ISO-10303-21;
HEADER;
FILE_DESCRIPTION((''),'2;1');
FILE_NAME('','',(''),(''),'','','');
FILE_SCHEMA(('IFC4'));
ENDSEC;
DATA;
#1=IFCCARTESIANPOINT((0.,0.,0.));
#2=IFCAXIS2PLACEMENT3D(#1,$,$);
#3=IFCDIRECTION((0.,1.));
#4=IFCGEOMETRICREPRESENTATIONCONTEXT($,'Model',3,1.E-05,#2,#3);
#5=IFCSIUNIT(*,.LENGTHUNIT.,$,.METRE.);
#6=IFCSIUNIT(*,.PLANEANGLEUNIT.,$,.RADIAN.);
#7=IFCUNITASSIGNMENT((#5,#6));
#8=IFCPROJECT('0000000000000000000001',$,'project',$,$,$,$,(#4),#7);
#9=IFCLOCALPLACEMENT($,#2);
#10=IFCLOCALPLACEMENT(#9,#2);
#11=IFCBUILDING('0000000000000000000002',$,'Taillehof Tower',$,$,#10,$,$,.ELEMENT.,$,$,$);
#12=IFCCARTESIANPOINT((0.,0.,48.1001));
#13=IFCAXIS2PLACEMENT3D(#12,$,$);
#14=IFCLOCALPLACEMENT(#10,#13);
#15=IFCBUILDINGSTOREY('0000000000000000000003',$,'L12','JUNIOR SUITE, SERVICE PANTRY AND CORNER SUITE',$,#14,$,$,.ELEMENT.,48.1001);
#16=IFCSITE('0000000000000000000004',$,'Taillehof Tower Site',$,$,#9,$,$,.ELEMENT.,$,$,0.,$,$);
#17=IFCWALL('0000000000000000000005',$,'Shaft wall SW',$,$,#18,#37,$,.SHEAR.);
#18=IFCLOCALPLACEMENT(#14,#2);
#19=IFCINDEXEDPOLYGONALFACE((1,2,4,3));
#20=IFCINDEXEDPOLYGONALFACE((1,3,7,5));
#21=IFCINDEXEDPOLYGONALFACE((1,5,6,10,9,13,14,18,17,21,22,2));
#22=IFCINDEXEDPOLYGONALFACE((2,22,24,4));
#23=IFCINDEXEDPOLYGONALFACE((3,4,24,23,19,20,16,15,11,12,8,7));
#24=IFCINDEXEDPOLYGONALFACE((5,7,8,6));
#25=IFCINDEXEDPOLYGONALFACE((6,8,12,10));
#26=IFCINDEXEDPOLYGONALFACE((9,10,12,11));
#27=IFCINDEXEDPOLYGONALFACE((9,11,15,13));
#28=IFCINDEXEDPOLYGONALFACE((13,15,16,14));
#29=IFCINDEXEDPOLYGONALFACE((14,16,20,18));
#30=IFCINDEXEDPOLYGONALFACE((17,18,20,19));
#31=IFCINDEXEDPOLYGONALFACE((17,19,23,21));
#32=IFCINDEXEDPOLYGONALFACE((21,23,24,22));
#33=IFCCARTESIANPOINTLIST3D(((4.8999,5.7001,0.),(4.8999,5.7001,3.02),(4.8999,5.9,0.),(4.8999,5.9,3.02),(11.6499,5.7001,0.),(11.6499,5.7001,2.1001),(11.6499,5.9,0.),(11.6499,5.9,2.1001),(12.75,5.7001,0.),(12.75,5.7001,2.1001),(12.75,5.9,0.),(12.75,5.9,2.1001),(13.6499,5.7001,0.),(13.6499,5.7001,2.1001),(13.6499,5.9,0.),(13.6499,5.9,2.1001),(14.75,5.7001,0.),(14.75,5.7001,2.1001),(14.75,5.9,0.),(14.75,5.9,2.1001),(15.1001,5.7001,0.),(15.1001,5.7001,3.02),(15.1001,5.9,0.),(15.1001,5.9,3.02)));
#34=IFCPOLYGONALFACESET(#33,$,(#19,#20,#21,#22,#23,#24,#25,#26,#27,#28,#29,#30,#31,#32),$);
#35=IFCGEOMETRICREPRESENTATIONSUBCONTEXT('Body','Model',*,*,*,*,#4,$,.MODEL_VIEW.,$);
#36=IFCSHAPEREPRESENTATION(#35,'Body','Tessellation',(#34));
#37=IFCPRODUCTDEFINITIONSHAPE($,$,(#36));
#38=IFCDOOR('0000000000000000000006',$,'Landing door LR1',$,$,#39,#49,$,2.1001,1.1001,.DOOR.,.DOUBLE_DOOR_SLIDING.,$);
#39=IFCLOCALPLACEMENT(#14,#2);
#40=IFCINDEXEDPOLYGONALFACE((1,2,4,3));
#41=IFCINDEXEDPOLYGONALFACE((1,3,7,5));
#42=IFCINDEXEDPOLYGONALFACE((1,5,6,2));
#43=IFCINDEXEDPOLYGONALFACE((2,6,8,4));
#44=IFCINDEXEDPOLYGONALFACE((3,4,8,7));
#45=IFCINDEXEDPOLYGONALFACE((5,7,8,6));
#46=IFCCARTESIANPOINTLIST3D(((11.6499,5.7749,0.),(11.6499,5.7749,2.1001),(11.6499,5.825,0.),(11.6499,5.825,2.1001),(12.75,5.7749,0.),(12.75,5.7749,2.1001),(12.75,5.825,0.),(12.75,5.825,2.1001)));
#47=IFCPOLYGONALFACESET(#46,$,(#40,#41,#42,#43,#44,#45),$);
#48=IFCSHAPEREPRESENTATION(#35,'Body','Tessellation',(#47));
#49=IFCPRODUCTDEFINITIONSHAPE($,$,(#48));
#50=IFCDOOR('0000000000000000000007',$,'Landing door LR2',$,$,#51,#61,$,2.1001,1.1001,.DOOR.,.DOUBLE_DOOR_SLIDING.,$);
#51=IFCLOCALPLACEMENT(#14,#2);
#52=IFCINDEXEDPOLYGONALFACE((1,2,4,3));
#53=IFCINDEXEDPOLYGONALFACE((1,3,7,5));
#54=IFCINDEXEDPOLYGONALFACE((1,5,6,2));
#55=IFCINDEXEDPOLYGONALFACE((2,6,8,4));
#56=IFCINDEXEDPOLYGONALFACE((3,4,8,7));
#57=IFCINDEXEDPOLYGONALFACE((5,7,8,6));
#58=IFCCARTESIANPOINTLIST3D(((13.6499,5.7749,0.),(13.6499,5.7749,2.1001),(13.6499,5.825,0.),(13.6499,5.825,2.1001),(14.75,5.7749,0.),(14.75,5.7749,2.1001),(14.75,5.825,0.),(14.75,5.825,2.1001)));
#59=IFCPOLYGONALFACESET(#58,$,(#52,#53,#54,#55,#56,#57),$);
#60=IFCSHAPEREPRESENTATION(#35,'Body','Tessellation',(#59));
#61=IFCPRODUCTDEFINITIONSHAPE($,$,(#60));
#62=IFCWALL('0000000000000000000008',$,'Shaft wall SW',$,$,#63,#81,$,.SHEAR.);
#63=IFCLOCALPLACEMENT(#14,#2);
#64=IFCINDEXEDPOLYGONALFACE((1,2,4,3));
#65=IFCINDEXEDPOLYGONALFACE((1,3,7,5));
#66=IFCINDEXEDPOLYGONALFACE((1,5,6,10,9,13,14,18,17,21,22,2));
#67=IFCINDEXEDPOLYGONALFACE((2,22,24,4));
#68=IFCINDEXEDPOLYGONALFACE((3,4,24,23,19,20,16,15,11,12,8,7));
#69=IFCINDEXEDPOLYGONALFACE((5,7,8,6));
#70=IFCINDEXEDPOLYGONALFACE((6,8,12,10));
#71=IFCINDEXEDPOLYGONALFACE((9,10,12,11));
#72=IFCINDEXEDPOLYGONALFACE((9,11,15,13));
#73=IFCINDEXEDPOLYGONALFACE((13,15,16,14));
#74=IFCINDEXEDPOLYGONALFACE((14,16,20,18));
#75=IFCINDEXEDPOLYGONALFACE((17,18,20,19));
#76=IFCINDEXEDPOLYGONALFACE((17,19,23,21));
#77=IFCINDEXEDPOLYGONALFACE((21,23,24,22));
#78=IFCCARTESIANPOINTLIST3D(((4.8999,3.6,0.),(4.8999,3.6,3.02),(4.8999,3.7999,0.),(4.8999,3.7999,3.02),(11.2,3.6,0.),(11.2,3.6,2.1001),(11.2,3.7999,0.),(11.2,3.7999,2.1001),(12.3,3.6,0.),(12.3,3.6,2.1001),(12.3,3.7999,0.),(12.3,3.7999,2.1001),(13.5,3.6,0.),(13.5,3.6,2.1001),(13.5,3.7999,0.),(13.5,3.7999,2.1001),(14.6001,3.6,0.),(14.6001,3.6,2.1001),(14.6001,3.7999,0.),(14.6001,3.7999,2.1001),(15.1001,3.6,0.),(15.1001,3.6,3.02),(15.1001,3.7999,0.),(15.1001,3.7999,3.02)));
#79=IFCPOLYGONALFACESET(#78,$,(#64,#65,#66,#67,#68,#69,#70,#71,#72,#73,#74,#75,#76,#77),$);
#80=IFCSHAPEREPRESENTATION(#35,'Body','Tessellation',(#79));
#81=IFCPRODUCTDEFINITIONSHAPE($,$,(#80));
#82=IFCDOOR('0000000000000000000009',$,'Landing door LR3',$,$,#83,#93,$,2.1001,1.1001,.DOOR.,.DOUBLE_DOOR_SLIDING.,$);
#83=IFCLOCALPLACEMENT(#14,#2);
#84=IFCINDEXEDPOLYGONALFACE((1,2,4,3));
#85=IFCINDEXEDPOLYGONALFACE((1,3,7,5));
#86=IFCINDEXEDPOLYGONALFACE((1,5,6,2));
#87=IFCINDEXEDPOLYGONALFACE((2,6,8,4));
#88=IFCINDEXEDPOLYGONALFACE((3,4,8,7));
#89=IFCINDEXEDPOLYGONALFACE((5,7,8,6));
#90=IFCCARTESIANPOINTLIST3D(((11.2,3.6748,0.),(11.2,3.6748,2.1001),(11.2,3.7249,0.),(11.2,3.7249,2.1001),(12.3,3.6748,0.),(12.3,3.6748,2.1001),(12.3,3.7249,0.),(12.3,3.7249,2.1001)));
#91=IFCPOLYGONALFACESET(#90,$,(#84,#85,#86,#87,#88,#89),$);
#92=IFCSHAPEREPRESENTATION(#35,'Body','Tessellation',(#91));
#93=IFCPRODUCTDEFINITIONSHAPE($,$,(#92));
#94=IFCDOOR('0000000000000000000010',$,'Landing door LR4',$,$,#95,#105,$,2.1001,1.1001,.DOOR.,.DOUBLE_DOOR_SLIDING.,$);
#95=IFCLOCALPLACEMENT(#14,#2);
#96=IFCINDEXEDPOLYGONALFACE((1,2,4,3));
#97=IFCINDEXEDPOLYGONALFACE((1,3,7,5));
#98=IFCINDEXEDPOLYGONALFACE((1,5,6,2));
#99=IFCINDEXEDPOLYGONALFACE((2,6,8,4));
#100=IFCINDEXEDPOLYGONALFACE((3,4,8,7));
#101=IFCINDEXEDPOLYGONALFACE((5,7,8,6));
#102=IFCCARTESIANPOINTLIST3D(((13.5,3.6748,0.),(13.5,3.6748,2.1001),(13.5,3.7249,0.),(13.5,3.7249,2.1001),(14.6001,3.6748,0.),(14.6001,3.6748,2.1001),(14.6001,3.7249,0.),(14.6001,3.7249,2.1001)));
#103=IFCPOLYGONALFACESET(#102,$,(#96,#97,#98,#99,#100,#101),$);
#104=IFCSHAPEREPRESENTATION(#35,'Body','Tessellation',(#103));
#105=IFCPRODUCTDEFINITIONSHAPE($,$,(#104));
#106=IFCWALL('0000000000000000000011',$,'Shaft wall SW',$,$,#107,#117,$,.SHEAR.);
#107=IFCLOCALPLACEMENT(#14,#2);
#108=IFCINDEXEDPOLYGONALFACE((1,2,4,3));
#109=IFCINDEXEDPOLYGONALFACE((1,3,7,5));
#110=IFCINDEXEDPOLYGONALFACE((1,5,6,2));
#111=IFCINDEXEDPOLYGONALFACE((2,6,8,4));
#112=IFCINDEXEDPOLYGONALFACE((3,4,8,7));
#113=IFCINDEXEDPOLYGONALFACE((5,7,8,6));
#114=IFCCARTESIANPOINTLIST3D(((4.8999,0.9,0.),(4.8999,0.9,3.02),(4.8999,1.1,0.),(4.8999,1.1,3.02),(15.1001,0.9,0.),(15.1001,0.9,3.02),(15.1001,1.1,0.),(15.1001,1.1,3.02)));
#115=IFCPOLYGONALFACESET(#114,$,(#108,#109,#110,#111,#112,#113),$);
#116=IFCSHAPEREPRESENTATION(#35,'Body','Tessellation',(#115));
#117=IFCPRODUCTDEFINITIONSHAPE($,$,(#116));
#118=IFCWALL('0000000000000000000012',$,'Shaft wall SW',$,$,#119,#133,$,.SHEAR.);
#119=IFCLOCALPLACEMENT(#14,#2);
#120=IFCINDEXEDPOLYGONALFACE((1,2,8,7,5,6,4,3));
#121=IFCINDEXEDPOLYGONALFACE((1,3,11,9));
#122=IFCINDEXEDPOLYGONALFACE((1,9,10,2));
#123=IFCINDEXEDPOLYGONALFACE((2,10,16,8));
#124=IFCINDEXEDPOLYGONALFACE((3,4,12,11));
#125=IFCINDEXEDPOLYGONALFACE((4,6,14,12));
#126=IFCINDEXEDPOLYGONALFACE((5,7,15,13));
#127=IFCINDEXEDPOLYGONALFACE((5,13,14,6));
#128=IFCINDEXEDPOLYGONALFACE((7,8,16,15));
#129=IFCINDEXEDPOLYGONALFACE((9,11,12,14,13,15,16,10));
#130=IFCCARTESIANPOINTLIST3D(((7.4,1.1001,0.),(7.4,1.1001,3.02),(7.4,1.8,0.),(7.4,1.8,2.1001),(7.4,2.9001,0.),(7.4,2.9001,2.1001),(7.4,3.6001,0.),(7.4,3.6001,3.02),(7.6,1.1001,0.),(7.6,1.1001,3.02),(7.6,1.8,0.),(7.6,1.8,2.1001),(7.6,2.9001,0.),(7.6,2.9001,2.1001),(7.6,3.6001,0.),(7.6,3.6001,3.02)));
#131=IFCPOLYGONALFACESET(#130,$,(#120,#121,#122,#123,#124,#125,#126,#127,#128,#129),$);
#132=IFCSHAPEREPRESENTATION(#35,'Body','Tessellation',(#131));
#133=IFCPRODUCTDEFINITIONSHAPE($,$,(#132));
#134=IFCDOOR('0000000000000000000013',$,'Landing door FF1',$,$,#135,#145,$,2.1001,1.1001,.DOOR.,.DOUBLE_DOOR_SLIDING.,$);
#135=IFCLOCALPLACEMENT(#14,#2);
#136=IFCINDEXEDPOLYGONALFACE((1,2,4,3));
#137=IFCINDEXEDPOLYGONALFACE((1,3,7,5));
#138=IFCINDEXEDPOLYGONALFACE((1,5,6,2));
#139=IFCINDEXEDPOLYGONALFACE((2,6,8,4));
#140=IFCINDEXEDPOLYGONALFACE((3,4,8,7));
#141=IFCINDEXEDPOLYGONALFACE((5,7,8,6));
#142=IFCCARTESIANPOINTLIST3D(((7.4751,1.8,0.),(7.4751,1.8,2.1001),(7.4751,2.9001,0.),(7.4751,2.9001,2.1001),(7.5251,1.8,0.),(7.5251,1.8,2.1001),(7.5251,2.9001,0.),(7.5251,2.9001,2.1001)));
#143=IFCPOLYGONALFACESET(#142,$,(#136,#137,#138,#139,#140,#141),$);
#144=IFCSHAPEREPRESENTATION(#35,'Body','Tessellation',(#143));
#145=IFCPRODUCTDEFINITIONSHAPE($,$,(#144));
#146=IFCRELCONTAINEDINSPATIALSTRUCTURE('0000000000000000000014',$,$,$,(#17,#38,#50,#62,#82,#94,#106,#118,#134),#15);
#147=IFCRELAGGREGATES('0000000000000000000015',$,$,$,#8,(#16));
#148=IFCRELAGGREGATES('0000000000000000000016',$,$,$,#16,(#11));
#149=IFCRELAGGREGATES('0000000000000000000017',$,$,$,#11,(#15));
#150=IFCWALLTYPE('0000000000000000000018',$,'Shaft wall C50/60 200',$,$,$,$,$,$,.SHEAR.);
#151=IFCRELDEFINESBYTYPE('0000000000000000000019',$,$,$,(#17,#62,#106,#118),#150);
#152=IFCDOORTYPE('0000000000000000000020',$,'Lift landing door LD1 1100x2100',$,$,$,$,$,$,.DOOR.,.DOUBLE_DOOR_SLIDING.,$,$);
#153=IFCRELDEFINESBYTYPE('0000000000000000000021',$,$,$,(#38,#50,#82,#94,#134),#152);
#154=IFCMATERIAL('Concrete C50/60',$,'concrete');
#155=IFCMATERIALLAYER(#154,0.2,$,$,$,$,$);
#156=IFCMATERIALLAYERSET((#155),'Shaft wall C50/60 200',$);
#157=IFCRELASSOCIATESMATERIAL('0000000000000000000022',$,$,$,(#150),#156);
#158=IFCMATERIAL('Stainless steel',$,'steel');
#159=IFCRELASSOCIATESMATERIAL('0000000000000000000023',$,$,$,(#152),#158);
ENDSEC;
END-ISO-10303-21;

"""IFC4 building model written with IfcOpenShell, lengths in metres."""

from ifc_helpers import new_model, si_unit, direction, frame, frame_2d, origin, place, context, subcontext, project, spatial, rectangle, extrude, material, layer, layer_set, type_object, element, fill, save


model = new_model("IFC4")

# Units and contexts
model_context = context("Model", 3, precision=1e-05, world=origin(), true_north=direction((0.0, 1.0)))
body_context = subcontext(model_context, "Body", "Model", "MODEL_VIEW")
ifc_project = project(units=[si_unit("LENGTHUNIT", "METRE"), si_unit("PLANEANGLEUNIT", "RADIAN")], contexts=[model_context])

# Site, building, storey
site_placement = place(None, origin())
site = spatial("IfcSite", under=ifc_project, at=site_placement, Name="Taillehof Tower Site", CompositionType="ELEMENT", RefElevation=0.0)
building_placement = place(site_placement, origin())
building = spatial("IfcBuilding", under=site, at=building_placement, Name="Taillehof Tower", CompositionType="ELEMENT")
storey_placement = place(building_placement, frame((0.0, 0.0, 48.1001)))
storey = spatial("IfcBuildingStorey", under=building, at=storey_placement, Name="L12", Description="JUNIOR SUITE, SERVICE PANTRY AND CORNER SUITE", CompositionType="ELEMENT", Elevation=48.1001)

# Walls, openings, doors
ifc_material_1 = material(Name="Concrete C50/60", Category="concrete")
ifc_layer_1 = layer(ifc_material_1, 0.2)
ifc_layer_set_1 = layer_set([ifc_layer_1], Name="Shaft wall C50/60 200")
wall_type_1 = type_object("IfcWallType", Name="Shaft wall C50/60 200", PredefinedType="SHEAR", material=ifc_layer_set_1)
wall_1_placement = place(storey_placement, frame((4.8999, 5.8, 0.0), z_axis=(0.0, 0.0, 1.0), x_axis=(1.0, 0.0, 0.0)))
wall_1 = element("IfcWall", 1, at=wall_1_placement, inside=storey, type_object=wall_type_1, Name="Shaft wall SW", PredefinedType="SHEAR", context=body_context, shape_type="SweptSolid", body=[
    extrude(rectangle(XDim=10.2002, YDim=0.2, at=frame_2d((5.1001, 0.0))), origin(), (0.0, 0.0, 1.0), 3.02),
])
opening_1_placement = place(wall_1_placement, frame((6.75, 0.0, 0.0)))
opening_1 = element("IfcOpeningElement", 2, at=opening_1_placement, cuts=wall_1, PredefinedType="OPENING", context=body_context, shape_type="SweptSolid", body=[
    extrude(rectangle(XDim=1.1001, YDim=2.1001, at=frame_2d((0.55, 1.05))), frame((0.0, 0.1099, 0.0), z_axis=(0.0, -1.0, 0.0), x_axis=(1.0, 0.0, 0.0)), (0.0, 0.0, 1.0), 0.22),
])
opening_2_placement = place(wall_1_placement, frame((8.75, 0.0, 0.0)))
opening_2 = element("IfcOpeningElement", 3, at=opening_2_placement, cuts=wall_1, PredefinedType="OPENING", context=body_context, shape_type="SweptSolid", body=[
    extrude(rectangle(XDim=1.1001, YDim=2.1001, at=frame_2d((0.55, 1.05))), frame((0.0, 0.1099, 0.0), z_axis=(0.0, -1.0, 0.0), x_axis=(1.0, 0.0, 0.0)), (0.0, 0.0, 1.0), 0.22),
])
ifc_material_2 = material(Name="Stainless steel", Category="steel")
door_type_1 = type_object("IfcDoorType", Name="Lift landing door LD1 1100x2100", OperationType="DOUBLE_DOOR_SLIDING", PredefinedType="DOOR", material=ifc_material_2)
door_1_placement = place(opening_1_placement, origin())
door_1 = element("IfcDoor", 4, at=door_1_placement, inside=storey, type_object=door_type_1, Name="Landing door LR1", OperationType="DOUBLE_DOOR_SLIDING", OverallHeight=2.1001, OverallWidth=1.1001, PredefinedType="DOOR", context=body_context, shape_type="SweptSolid", body=[
    extrude(rectangle(XDim=1.1001, YDim=2.1001, at=frame_2d((0.55, 1.05))), frame((0.0, 0.0249, 0.0), z_axis=(0.0, -1.0, 0.0), x_axis=(1.0, 0.0, 0.0)), (0.0, 0.0, 1.0), 0.05),
])
fill(opening_1, door_1)
door_2_placement = place(opening_2_placement, origin())
door_2 = element("IfcDoor", 5, at=door_2_placement, inside=storey, type_object=door_type_1, Name="Landing door LR2", OperationType="DOUBLE_DOOR_SLIDING", OverallHeight=2.1001, OverallWidth=1.1001, PredefinedType="DOOR", context=body_context, shape_type="SweptSolid", body=[
    extrude(rectangle(XDim=1.1001, YDim=2.1001, at=frame_2d((0.55, 1.05))), frame((0.0, 0.0249, 0.0), z_axis=(0.0, -1.0, 0.0), x_axis=(1.0, 0.0, 0.0)), (0.0, 0.0, 1.0), 0.05),
])
fill(opening_2, door_2)
wall_2_placement = place(storey_placement, frame((4.8999, 3.7, 0.0), z_axis=(0.0, 0.0, 1.0), x_axis=(1.0, 0.0, 0.0)))
wall_2 = element("IfcWall", 6, at=wall_2_placement, inside=storey, type_object=wall_type_1, Name="Shaft wall SW", PredefinedType="SHEAR", context=body_context, shape_type="SweptSolid", body=[
    extrude(rectangle(XDim=10.2002, YDim=0.2, at=frame_2d((5.1001, 0.0))), origin(), (0.0, 0.0, 1.0), 3.02),
])
opening_3_placement = place(wall_2_placement, frame((6.3, 0.0, 0.0)))
opening_3 = element("IfcOpeningElement", 7, at=opening_3_placement, cuts=wall_2, PredefinedType="OPENING", context=body_context, shape_type="SweptSolid", body=[
    extrude(rectangle(XDim=1.1001, YDim=2.1001, at=frame_2d((0.55, 1.05))), frame((0.0, 0.1099, 0.0), z_axis=(0.0, -1.0, 0.0), x_axis=(1.0, 0.0, 0.0)), (0.0, 0.0, 1.0), 0.22),
])
opening_4_placement = place(wall_2_placement, frame((8.6001, 0.0, 0.0)))
opening_4 = element("IfcOpeningElement", 8, at=opening_4_placement, cuts=wall_2, PredefinedType="OPENING", context=body_context, shape_type="SweptSolid", body=[
    extrude(rectangle(XDim=1.1001, YDim=2.1001, at=frame_2d((0.55, 1.05))), frame((0.0, 0.1099, 0.0), z_axis=(0.0, -1.0, 0.0), x_axis=(1.0, 0.0, 0.0)), (0.0, 0.0, 1.0), 0.22),
])
door_3_placement = place(opening_3_placement, origin())
door_3 = element("IfcDoor", 9, at=door_3_placement, inside=storey, type_object=door_type_1, Name="Landing door LR3", OperationType="DOUBLE_DOOR_SLIDING", OverallHeight=2.1001, OverallWidth=1.1001, PredefinedType="DOOR", context=body_context, shape_type="SweptSolid", body=[
    extrude(rectangle(XDim=1.1001, YDim=2.1001, at=frame_2d((0.55, 1.05))), frame((0.0, 0.0249, 0.0), z_axis=(0.0, -1.0, 0.0), x_axis=(1.0, 0.0, 0.0)), (0.0, 0.0, 1.0), 0.05),
])
fill(opening_3, door_3)
door_4_placement = place(opening_4_placement, origin())
door_4 = element("IfcDoor", 10, at=door_4_placement, inside=storey, type_object=door_type_1, Name="Landing door LR4", OperationType="DOUBLE_DOOR_SLIDING", OverallHeight=2.1001, OverallWidth=1.1001, PredefinedType="DOOR", context=body_context, shape_type="SweptSolid", body=[
    extrude(rectangle(XDim=1.1001, YDim=2.1001, at=frame_2d((0.55, 1.05))), frame((0.0, 0.0249, 0.0), z_axis=(0.0, -1.0, 0.0), x_axis=(1.0, 0.0, 0.0)), (0.0, 0.0, 1.0), 0.05),
])
fill(opening_4, door_4)

# Wall
wall_3_placement = place(storey_placement, frame((4.8999, 1.0, 0.0), z_axis=(0.0, 0.0, 1.0), x_axis=(1.0, 0.0, 0.0)))
element("IfcWall", 11, at=wall_3_placement, inside=storey, type_object=wall_type_1, Name="Shaft wall SW", PredefinedType="SHEAR", context=body_context, shape_type="SweptSolid", body=[
    extrude(rectangle(XDim=10.2002, YDim=0.2, at=frame_2d((5.1001, 0.0))), origin(), (0.0, 0.0, 1.0), 3.02),
])

# Wall, opening, door
wall_4_placement = place(storey_placement, frame((7.5, 1.1001, 0.0), z_axis=(0.0, 0.0, 1.0), x_axis=(0.0, 1.0, 0.0)))
wall_4 = element("IfcWall", 12, at=wall_4_placement, inside=storey, type_object=wall_type_1, Name="Shaft wall SW", PredefinedType="SHEAR", context=body_context, shape_type="SweptSolid", body=[
    extrude(rectangle(XDim=2.5, YDim=0.2, at=frame_2d((1.25, 0.0))), origin(), (0.0, 0.0, 1.0), 3.02),
])
opening_5_placement = place(wall_4_placement, frame((0.7, 0.0, 0.0)))
opening_5 = element("IfcOpeningElement", 13, at=opening_5_placement, cuts=wall_4, PredefinedType="OPENING", context=body_context, shape_type="SweptSolid", body=[
    extrude(rectangle(XDim=1.1001, YDim=2.1001, at=frame_2d((0.55, 1.05))), frame((0.0, 0.1099, 0.0), z_axis=(0.0, -1.0, 0.0), x_axis=(1.0, 0.0, 0.0)), (0.0, 0.0, 1.0), 0.22),
])
door_5_placement = place(opening_5_placement, origin())
door_5 = element("IfcDoor", 14, at=door_5_placement, inside=storey, type_object=door_type_1, Name="Landing door FF1", OperationType="DOUBLE_DOOR_SLIDING", OverallHeight=2.1001, OverallWidth=1.1001, PredefinedType="DOOR", context=body_context, shape_type="SweptSolid", body=[
    extrude(rectangle(XDim=1.1001, YDim=2.1001, at=frame_2d((0.55, 1.05))), frame((0.0, 0.0249, 0.0), z_axis=(0.0, -1.0, 0.0), x_axis=(1.0, 0.0, 0.0)), (0.0, 0.0, 1.0), 0.05),
])
fill(opening_5, door_5)

save(model, "model.ifc")
